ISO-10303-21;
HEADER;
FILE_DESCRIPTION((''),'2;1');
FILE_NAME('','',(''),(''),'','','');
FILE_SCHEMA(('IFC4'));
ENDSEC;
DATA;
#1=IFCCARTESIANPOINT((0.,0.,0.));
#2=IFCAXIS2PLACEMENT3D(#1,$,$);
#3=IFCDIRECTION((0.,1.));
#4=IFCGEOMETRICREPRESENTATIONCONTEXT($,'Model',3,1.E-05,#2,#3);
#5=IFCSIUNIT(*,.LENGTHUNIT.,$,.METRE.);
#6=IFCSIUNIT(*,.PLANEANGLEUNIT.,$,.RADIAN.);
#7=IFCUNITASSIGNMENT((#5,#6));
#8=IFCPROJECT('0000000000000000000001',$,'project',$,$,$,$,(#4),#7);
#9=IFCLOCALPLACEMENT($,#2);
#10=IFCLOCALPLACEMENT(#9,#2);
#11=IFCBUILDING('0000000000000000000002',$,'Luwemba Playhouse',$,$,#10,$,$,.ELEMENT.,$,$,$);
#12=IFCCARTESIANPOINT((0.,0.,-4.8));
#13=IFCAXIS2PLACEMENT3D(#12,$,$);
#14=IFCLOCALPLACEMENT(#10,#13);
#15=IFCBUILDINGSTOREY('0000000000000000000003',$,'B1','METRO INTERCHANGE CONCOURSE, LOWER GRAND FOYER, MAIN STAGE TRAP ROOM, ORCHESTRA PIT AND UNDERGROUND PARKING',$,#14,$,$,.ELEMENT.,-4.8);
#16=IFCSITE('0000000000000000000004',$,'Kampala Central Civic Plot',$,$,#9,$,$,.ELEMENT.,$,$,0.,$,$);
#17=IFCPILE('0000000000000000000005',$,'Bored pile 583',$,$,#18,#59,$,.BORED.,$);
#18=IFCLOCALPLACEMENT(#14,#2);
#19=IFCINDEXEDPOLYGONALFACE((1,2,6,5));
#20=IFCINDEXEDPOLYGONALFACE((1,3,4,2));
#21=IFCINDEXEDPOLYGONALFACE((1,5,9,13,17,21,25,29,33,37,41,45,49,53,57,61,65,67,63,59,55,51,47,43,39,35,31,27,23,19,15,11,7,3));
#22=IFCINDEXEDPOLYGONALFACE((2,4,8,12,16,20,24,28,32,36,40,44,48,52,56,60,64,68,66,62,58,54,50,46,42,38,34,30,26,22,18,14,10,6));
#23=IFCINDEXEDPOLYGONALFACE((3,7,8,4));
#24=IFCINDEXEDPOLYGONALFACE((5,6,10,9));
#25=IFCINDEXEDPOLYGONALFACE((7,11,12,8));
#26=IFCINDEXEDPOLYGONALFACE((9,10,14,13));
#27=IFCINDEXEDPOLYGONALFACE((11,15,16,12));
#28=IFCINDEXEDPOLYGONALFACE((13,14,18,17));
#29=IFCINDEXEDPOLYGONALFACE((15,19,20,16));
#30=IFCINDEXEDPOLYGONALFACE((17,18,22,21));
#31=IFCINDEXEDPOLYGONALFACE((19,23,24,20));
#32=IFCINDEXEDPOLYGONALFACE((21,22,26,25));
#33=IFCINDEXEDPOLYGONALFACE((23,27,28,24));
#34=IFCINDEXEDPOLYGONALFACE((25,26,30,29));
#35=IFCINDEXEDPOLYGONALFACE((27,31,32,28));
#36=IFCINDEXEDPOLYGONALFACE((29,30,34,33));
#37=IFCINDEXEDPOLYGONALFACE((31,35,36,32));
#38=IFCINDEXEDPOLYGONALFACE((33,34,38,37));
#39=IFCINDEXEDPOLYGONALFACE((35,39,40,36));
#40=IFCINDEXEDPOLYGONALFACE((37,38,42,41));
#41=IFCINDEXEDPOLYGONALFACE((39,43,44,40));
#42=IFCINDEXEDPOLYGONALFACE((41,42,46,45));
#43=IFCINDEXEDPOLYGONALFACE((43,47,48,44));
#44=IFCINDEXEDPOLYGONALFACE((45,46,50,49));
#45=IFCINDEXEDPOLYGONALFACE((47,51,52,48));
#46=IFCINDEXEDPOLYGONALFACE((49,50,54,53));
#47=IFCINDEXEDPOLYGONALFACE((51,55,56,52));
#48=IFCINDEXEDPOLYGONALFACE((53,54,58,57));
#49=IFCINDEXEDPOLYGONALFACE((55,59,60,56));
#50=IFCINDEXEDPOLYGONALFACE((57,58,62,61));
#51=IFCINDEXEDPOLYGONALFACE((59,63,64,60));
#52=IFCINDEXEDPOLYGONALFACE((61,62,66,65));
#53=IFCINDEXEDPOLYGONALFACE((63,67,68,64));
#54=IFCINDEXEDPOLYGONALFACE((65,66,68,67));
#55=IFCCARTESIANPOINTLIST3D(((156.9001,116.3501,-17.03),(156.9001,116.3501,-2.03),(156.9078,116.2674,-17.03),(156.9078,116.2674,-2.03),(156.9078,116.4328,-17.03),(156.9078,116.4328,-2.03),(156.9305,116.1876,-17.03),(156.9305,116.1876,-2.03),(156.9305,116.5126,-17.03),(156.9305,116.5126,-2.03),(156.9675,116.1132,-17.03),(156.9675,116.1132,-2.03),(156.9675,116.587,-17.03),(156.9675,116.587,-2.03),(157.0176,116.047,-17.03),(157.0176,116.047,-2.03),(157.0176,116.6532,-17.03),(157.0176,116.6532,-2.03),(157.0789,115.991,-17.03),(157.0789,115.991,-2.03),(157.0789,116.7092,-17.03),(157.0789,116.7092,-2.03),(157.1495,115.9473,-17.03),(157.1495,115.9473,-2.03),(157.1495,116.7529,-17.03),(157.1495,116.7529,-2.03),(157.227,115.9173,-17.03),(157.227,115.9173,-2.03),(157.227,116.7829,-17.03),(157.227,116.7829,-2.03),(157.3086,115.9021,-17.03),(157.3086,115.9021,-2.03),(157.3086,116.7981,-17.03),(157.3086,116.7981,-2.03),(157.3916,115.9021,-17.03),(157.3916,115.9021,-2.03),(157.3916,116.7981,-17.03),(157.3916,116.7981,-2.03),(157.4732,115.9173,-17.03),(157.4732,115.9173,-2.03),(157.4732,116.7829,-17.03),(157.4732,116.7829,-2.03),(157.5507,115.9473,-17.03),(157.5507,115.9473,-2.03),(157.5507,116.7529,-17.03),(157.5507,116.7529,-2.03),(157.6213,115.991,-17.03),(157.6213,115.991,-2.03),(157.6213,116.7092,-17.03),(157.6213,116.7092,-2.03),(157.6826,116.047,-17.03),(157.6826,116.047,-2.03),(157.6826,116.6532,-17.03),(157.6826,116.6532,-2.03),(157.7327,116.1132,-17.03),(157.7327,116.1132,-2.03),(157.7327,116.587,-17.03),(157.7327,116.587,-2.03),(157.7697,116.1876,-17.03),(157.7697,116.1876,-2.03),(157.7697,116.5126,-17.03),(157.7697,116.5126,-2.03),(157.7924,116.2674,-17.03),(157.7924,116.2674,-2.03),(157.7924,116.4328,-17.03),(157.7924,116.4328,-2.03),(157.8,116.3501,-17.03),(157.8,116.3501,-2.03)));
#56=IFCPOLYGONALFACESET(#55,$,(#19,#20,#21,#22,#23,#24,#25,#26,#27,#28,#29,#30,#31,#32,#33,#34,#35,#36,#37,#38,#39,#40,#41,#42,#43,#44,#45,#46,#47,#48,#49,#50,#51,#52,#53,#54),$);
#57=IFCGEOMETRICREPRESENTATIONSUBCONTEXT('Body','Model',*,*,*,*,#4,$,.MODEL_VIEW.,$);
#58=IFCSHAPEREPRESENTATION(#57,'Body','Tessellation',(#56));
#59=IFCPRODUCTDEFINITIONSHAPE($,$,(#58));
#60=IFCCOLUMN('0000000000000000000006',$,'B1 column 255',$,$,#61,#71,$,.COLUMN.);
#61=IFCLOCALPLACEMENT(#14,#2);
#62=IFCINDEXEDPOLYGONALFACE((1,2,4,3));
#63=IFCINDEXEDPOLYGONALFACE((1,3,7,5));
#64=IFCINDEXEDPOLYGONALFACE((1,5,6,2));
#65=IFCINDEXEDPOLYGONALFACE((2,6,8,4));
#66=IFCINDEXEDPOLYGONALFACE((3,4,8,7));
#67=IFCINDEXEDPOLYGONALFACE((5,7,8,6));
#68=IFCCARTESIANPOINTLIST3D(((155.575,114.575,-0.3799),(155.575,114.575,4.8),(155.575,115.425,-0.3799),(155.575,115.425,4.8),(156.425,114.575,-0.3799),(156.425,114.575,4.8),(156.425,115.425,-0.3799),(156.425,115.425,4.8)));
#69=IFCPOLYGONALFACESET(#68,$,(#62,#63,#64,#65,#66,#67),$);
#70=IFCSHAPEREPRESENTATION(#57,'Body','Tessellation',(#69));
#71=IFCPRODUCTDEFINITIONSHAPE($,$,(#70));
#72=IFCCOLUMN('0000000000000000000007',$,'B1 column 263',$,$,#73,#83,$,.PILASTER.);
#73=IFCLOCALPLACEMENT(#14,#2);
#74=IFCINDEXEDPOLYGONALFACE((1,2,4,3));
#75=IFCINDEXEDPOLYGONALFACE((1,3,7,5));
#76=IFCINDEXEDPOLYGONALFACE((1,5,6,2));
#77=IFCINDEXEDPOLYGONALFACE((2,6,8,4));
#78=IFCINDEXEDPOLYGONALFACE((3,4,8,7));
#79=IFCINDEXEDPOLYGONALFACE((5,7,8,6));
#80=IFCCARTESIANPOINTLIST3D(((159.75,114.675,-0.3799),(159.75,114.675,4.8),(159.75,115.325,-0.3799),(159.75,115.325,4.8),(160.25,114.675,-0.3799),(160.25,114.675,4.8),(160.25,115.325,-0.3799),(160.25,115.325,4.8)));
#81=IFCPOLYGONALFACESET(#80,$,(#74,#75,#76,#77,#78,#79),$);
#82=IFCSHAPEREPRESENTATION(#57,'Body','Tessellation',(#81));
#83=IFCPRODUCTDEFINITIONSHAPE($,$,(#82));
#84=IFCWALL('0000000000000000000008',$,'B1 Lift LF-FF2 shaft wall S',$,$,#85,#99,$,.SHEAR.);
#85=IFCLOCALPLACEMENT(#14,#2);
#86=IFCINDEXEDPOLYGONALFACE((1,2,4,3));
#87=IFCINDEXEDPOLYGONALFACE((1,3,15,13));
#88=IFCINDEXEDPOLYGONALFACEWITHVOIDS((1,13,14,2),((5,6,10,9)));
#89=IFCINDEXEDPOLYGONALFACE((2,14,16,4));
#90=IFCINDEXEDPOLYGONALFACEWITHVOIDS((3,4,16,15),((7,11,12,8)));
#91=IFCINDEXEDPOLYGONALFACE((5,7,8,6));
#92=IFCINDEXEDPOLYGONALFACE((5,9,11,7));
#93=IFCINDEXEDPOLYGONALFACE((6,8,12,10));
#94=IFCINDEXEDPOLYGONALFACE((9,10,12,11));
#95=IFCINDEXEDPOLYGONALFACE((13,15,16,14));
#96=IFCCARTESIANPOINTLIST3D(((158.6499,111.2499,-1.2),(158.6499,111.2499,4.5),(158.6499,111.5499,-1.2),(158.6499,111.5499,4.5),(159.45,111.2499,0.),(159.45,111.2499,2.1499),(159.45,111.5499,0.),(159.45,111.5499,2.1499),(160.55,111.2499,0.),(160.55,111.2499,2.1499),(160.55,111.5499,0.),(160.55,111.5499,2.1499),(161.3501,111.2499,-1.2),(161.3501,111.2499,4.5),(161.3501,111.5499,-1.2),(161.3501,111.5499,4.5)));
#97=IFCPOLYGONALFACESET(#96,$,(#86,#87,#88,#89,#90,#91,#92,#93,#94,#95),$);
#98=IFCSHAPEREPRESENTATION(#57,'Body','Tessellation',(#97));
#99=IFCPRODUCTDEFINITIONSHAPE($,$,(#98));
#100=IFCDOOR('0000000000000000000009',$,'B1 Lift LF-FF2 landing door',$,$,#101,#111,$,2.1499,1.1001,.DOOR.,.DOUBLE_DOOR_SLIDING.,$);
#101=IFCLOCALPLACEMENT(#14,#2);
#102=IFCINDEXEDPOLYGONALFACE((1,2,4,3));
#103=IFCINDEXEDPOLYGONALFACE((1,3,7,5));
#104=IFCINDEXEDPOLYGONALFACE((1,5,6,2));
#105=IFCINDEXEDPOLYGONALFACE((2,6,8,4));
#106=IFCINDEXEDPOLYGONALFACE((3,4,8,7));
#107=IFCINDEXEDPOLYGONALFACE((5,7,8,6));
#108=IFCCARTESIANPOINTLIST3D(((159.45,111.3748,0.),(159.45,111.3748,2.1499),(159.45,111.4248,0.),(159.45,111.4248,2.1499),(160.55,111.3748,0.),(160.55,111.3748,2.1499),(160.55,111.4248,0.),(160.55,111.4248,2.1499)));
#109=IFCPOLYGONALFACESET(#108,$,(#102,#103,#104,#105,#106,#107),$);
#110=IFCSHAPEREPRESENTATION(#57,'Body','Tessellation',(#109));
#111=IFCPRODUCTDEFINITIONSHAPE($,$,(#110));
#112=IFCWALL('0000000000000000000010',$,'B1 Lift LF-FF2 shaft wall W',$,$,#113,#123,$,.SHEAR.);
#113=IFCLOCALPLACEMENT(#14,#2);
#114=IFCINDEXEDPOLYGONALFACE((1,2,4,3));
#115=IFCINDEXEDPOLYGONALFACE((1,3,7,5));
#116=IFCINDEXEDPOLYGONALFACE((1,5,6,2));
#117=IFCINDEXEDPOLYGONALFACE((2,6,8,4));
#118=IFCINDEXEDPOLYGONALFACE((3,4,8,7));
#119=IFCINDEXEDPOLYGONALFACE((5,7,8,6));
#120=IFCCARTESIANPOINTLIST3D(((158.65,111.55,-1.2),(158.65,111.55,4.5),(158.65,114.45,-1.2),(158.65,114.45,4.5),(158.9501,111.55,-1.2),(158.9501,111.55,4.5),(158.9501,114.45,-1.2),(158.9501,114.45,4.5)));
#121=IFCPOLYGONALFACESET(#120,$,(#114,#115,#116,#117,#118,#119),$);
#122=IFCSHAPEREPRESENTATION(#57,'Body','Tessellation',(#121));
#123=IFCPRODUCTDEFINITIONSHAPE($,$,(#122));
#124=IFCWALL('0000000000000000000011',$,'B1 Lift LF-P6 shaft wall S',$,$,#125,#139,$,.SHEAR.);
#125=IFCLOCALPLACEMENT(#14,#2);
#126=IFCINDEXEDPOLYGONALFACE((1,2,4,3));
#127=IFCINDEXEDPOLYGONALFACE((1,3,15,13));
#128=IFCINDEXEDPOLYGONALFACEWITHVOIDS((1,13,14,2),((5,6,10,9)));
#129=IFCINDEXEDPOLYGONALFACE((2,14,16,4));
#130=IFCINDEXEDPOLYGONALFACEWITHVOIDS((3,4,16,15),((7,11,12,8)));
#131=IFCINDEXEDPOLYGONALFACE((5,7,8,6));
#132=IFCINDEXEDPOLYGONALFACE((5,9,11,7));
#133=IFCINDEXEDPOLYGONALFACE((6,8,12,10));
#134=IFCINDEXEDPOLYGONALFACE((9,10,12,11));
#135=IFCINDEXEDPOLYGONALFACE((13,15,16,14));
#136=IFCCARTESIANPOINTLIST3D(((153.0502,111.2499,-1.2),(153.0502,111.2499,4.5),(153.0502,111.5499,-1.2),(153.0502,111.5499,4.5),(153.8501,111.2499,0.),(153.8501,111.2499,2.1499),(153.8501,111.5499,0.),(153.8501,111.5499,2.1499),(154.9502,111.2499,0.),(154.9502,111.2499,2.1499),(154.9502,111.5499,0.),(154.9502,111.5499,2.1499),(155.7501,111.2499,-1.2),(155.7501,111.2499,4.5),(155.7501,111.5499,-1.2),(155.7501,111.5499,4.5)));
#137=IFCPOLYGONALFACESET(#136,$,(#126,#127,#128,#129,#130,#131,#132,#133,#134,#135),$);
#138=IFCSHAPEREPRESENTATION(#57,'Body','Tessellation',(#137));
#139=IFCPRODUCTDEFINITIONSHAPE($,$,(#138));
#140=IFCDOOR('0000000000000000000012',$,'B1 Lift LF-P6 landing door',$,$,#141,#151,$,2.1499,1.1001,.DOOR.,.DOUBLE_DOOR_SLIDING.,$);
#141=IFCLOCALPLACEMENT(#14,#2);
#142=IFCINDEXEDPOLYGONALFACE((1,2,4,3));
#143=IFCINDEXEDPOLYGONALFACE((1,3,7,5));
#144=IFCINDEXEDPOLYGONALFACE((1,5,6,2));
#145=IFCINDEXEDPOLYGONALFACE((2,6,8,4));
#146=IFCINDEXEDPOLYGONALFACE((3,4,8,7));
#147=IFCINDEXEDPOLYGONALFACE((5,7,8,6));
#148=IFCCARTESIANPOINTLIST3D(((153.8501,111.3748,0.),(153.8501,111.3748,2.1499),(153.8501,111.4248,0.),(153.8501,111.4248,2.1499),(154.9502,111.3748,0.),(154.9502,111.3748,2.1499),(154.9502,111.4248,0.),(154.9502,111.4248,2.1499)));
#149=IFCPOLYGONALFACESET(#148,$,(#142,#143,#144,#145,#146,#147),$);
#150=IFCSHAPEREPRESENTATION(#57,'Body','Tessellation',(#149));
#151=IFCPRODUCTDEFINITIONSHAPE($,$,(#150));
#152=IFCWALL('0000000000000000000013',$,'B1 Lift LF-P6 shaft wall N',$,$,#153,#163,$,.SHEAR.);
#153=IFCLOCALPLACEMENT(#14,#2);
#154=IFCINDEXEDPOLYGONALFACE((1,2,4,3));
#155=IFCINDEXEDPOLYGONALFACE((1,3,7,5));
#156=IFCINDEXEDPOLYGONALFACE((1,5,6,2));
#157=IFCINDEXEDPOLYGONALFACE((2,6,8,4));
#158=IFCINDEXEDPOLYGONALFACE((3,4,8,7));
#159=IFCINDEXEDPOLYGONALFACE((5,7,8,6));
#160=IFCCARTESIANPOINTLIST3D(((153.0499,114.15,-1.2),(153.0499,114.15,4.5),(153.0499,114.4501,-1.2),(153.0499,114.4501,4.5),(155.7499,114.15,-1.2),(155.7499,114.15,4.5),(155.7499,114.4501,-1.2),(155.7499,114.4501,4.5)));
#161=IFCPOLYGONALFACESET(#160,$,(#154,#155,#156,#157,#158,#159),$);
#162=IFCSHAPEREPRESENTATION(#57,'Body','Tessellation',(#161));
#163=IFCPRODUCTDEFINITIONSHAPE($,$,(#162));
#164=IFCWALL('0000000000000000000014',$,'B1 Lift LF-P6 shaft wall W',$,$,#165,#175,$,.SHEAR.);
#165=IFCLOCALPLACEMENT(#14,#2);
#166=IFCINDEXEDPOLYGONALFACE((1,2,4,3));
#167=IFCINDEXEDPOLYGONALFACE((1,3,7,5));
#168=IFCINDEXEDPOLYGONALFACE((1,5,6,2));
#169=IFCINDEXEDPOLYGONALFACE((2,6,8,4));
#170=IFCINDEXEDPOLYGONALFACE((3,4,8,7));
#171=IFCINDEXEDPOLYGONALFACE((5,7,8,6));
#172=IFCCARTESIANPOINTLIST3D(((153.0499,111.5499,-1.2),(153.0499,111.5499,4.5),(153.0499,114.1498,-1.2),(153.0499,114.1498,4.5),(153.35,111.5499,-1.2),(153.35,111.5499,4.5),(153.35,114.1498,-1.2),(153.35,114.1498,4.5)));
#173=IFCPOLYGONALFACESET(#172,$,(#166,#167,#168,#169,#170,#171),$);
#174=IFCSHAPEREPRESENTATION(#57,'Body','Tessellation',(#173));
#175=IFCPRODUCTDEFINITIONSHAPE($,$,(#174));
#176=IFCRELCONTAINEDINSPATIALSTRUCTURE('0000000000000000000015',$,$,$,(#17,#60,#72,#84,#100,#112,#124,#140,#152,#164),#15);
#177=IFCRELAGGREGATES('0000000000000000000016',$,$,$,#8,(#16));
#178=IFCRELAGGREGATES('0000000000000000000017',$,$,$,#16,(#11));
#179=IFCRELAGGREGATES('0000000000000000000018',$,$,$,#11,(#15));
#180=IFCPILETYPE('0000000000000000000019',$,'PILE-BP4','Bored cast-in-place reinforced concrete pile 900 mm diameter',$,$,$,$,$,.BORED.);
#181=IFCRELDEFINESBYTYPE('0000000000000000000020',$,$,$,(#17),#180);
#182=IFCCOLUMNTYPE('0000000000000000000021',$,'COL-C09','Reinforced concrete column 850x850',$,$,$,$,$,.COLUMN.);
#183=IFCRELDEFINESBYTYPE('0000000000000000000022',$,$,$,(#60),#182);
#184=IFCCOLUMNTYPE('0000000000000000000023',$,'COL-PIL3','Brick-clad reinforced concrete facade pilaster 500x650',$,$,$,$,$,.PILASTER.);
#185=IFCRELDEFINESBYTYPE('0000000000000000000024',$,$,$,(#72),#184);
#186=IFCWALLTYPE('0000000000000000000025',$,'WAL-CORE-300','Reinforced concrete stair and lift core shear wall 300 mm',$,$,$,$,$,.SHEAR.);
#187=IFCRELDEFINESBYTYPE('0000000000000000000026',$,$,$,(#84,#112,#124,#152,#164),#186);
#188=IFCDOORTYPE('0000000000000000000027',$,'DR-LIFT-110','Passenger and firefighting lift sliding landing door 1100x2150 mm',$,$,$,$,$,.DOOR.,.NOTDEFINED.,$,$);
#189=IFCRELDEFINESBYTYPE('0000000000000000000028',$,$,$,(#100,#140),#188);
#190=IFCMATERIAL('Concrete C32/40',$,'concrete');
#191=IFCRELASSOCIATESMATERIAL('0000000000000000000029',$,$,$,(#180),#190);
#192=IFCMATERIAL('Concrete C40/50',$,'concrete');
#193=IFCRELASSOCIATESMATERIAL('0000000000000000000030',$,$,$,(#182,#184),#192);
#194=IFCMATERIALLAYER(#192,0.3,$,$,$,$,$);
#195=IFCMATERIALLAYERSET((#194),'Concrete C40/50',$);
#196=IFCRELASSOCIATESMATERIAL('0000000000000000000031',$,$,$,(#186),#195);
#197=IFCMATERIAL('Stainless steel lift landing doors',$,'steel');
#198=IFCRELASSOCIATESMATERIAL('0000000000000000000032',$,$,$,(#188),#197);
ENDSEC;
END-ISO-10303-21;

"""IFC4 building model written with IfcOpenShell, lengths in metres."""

from ifc_helpers import new_model, si_unit, direction, frame, frame_2d, origin, origin_2d, place, context, subcontext, project, spatial, rectangle, circle, extrude, material, layer, layer_set, material_profile, profile_set, type_object, element, fill, save


model = new_model("IFC4")

# Units and contexts
model_context = context("Model", 3, precision=1e-05, world=origin(), true_north=direction((0.0, 1.0)))
body_context = subcontext(model_context, "Body", "Model", "MODEL_VIEW")
ifc_project = project(units=[si_unit("LENGTHUNIT", "METRE"), si_unit("PLANEANGLEUNIT", "RADIAN")], contexts=[model_context])

# Site, building, storey
site_placement = place(None, origin())
site = spatial("IfcSite", under=ifc_project, at=site_placement, Name="Kampala Central Civic Plot", CompositionType="ELEMENT", RefElevation=0.0)
building_placement = place(site_placement, origin())
building = spatial("IfcBuilding", under=site, at=building_placement, Name="Luwemba Playhouse", CompositionType="ELEMENT")
storey_placement = place(building_placement, frame((0.0, 0.0, -4.8)))
storey = spatial("IfcBuildingStorey", under=building, at=storey_placement, Name="B1", Description="METRO INTERCHANGE CONCOURSE, LOWER GRAND FOYER, MAIN STAGE TRAP ROOM, ORCHESTRA PIT AND UNDERGROUND PARKING", CompositionType="ELEMENT", Elevation=-4.8)

# Shared definitions
ifc_material_1 = material(Name="Concrete C32/40", Category="concrete")

# Pile
ifc_material_profile_1 = material_profile(ifc_material_1, circle(Radius=0.45, at=origin_2d()))
ifc_profile_set_1 = profile_set([ifc_material_profile_1], Name="Concrete C32/40")
pile_type_1 = type_object("IfcPileType", Name="PILE-BP4", Description="Bored cast-in-place reinforced concrete pile 900 mm diameter", PredefinedType="BORED", material=ifc_profile_set_1)
for number, where, z_axis, x_axis, name in (
    (1, (157.3501, 116.3501, -2.03), (0.0, 0.0, -1.0), (1.0, 0.0, 0.0), "Bored pile 583"),
):
    element("IfcPile", number, at=place(storey_placement, frame(where, z_axis=z_axis, x_axis=x_axis)), inside=storey, type_object=pile_type_1, Name=name, PredefinedType="BORED", context=body_context, shape_type="SweptSolid", body=[
        extrude(circle(Radius=0.45, at=origin_2d()), origin(), (0.0, 0.0, 1.0), 15.0),
    ])

# Columns
ifc_material_2 = material(Name="Concrete C40/50", Category="concrete")
ifc_material_profile_2 = material_profile(ifc_material_2, rectangle(XDim=0.8501, YDim=0.8501, at=origin_2d()))
ifc_profile_set_2 = profile_set([ifc_material_profile_2], Name="Concrete C40/50")
column_type_1 = type_object("IfcColumnType", Name="COL-C09", Description="Reinforced concrete column 850x850", PredefinedType="COLUMN", material=ifc_profile_set_2)
column_1_placement = place(storey_placement, frame((156.0, 115.0, -0.3799), z_axis=(0.0, 0.0, 1.0), x_axis=(1.0, 0.0, 0.0)))
element("IfcColumn", 2, at=column_1_placement, inside=storey, type_object=column_type_1, Name="B1 column 255", PredefinedType="COLUMN", context=body_context, shape_type="SweptSolid", body=[
    extrude(rectangle(XDim=0.8501, YDim=0.8501, at=origin_2d()), origin(), (0.0, 0.0, 1.0), 5.1799),
])
ifc_material_profile_3 = material_profile(ifc_material_2, rectangle(XDim=0.5, YDim=0.6499, at=origin_2d()))
ifc_profile_set_3 = profile_set([ifc_material_profile_3], Name="Concrete C40/50")
column_type_2 = type_object("IfcColumnType", Name="COL-PIL3", Description="Brick-clad reinforced concrete facade pilaster 500x650", PredefinedType="PILASTER", material=ifc_profile_set_3)
column_2_placement = place(storey_placement, frame((160.0, 115.0, -0.3799), z_axis=(0.0, 0.0, 1.0), x_axis=(1.0, 0.0, 0.0)))
element("IfcColumn", 3, at=column_2_placement, inside=storey, type_object=column_type_2, Name="B1 column 263", PredefinedType="PILASTER", context=body_context, shape_type="SweptSolid", body=[
    extrude(rectangle(XDim=0.5, YDim=0.6499, at=origin_2d()), origin(), (0.0, 0.0, 1.0), 5.1799),
])

# Wall, opening, door
ifc_layer_1 = layer(ifc_material_2, 0.3)
ifc_layer_set_1 = layer_set([ifc_layer_1], Name="Concrete C40/50")
wall_type_1 = type_object("IfcWallType", Name="WAL-CORE-300", Description="Reinforced concrete stair and lift core shear wall 300 mm", PredefinedType="SHEAR", material=ifc_layer_set_1)
wall_1_placement = place(storey_placement, frame((158.6499, 111.3999, -1.2), z_axis=(0.0, 0.0, 1.0), x_axis=(1.0, 0.0, 0.0)))
wall_1 = element("IfcWall", 4, at=wall_1_placement, inside=storey, type_object=wall_type_1, Name="B1 Lift LF-FF2 shaft wall S", PredefinedType="SHEAR", context=body_context, shape_type="SweptSolid", body=[
    extrude(rectangle(XDim=2.7002, YDim=0.3, at=frame_2d((1.3501, 0.0))), origin(), (0.0, 0.0, 1.0), 5.7),
])
opening_1_placement = place(wall_1_placement, frame((0.8, 0.0, 1.2)))
opening_1 = element("IfcOpeningElement", 5, at=opening_1_placement, cuts=wall_1, PredefinedType="OPENING", context=body_context, shape_type="SweptSolid", body=[
    extrude(rectangle(XDim=1.1001, YDim=2.1499, at=frame_2d((0.55, 1.075))), frame((0.0, 0.1599, 0.0), z_axis=(0.0, -1.0, 0.0), x_axis=(1.0, 0.0, 0.0)), (0.0, 0.0, 1.0), 0.3201),
])
ifc_material_3 = material(Name="Stainless steel lift landing doors", Category="steel")
door_type = type_object("IfcDoorType", Name="DR-LIFT-110", Description="Passenger and firefighting lift sliding landing door 1100x2150 mm", OperationType="NOTDEFINED", PredefinedType="DOOR", material=ifc_material_3)
door_1_placement = place(opening_1_placement, origin())
door_1 = element("IfcDoor", 6, at=door_1_placement, inside=storey, type_object=door_type, Name="B1 Lift LF-FF2 landing door", OperationType="DOUBLE_DOOR_SLIDING", OverallHeight=2.1499, OverallWidth=1.1001, PredefinedType="DOOR", context=body_context, shape_type="SweptSolid", body=[
    extrude(rectangle(XDim=1.1001, YDim=2.1499, at=frame_2d((0.55, 1.075))), frame((0.0, 0.0249, 0.0), z_axis=(0.0, -1.0, 0.0), x_axis=(1.0, 0.0, 0.0)), (0.0, 0.0, 1.0), 0.05),
])
fill(opening_1, door_1)

# Wall
wall_2_placement = place(storey_placement, frame((158.8, 111.55, -1.2), z_axis=(0.0, 0.0, 1.0), x_axis=(0.0, 1.0, 0.0)))
element("IfcWall", 7, at=wall_2_placement, inside=storey, type_object=wall_type_1, Name="B1 Lift LF-FF2 shaft wall W", PredefinedType="SHEAR", context=body_context, shape_type="SweptSolid", body=[
    extrude(rectangle(XDim=2.8999, YDim=0.3, at=frame_2d((1.45, 0.0))), origin(), (0.0, 0.0, 1.0), 5.7),
])

# Wall, opening, door
wall_3_placement = place(storey_placement, frame((153.05, 111.3999, -1.2), z_axis=(0.0, 0.0, 1.0), x_axis=(1.0, 0.0, 0.0)))
wall_3 = element("IfcWall", 8, at=wall_3_placement, inside=storey, type_object=wall_type_1, Name="B1 Lift LF-P6 shaft wall S", PredefinedType="SHEAR", context=body_context, shape_type="SweptSolid", body=[
    extrude(rectangle(XDim=2.7, YDim=0.3, at=frame_2d((1.3501, 0.0))), origin(), (0.0, 0.0, 1.0), 5.7),
])
opening_2_placement = place(wall_3_placement, frame((0.8, 0.0, 1.2)))
opening_2 = element("IfcOpeningElement", 9, at=opening_2_placement, cuts=wall_3, PredefinedType="OPENING", context=body_context, shape_type="SweptSolid", body=[
    extrude(rectangle(XDim=1.1001, YDim=2.1499, at=frame_2d((0.55, 1.075))), frame((0.0, 0.1599, 0.0), z_axis=(0.0, -1.0, 0.0), x_axis=(1.0, 0.0, 0.0)), (0.0, 0.0, 1.0), 0.3201),
])
door_2_placement = place(opening_2_placement, origin())
door_2 = element("IfcDoor", 10, at=door_2_placement, inside=storey, type_object=door_type, Name="B1 Lift LF-P6 landing door", OperationType="DOUBLE_DOOR_SLIDING", OverallHeight=2.1499, OverallWidth=1.1001, PredefinedType="DOOR", context=body_context, shape_type="SweptSolid", body=[
    extrude(rectangle(XDim=1.1001, YDim=2.1499, at=frame_2d((0.55, 1.075))), frame((0.0, 0.0249, 0.0), z_axis=(0.0, -1.0, 0.0), x_axis=(1.0, 0.0, 0.0)), (0.0, 0.0, 1.0), 0.05),
])
fill(opening_2, door_2)

# Walls
wall_4_placement = place(storey_placement, frame((155.75, 114.3, -1.2), z_axis=(0.0, 0.0, 1.0), x_axis=(-1.0, 0.0, 0.0)))
element("IfcWall", 11, at=wall_4_placement, inside=storey, type_object=wall_type_1, Name="B1 Lift LF-P6 shaft wall N", PredefinedType="SHEAR", context=body_context, shape_type="SweptSolid", body=[
    extrude(rectangle(XDim=2.7, YDim=0.3, at=frame_2d((1.3501, 0.0))), origin(), (0.0, 0.0, 1.0), 5.7),
])
for number, where, z_axis, x_axis, name in (
    (12, (153.2, 111.55, -1.2), (0.0, 0.0, 1.0), (0.0, 1.0, 0.0), "B1 Lift LF-P6 shaft wall W"),
):
    element("IfcWall", number, at=place(storey_placement, frame(where, z_axis=z_axis, x_axis=x_axis)), inside=storey, type_object=wall_type_1, Name=name, PredefinedType="SHEAR", context=body_context, shape_type="SweptSolid", body=[
        extrude(rectangle(XDim=2.5999, YDim=0.3, at=frame_2d((1.2998, 0.0))), origin(), (0.0, 0.0, 1.0), 5.7),
    ])

save(model, "model.ifc")
